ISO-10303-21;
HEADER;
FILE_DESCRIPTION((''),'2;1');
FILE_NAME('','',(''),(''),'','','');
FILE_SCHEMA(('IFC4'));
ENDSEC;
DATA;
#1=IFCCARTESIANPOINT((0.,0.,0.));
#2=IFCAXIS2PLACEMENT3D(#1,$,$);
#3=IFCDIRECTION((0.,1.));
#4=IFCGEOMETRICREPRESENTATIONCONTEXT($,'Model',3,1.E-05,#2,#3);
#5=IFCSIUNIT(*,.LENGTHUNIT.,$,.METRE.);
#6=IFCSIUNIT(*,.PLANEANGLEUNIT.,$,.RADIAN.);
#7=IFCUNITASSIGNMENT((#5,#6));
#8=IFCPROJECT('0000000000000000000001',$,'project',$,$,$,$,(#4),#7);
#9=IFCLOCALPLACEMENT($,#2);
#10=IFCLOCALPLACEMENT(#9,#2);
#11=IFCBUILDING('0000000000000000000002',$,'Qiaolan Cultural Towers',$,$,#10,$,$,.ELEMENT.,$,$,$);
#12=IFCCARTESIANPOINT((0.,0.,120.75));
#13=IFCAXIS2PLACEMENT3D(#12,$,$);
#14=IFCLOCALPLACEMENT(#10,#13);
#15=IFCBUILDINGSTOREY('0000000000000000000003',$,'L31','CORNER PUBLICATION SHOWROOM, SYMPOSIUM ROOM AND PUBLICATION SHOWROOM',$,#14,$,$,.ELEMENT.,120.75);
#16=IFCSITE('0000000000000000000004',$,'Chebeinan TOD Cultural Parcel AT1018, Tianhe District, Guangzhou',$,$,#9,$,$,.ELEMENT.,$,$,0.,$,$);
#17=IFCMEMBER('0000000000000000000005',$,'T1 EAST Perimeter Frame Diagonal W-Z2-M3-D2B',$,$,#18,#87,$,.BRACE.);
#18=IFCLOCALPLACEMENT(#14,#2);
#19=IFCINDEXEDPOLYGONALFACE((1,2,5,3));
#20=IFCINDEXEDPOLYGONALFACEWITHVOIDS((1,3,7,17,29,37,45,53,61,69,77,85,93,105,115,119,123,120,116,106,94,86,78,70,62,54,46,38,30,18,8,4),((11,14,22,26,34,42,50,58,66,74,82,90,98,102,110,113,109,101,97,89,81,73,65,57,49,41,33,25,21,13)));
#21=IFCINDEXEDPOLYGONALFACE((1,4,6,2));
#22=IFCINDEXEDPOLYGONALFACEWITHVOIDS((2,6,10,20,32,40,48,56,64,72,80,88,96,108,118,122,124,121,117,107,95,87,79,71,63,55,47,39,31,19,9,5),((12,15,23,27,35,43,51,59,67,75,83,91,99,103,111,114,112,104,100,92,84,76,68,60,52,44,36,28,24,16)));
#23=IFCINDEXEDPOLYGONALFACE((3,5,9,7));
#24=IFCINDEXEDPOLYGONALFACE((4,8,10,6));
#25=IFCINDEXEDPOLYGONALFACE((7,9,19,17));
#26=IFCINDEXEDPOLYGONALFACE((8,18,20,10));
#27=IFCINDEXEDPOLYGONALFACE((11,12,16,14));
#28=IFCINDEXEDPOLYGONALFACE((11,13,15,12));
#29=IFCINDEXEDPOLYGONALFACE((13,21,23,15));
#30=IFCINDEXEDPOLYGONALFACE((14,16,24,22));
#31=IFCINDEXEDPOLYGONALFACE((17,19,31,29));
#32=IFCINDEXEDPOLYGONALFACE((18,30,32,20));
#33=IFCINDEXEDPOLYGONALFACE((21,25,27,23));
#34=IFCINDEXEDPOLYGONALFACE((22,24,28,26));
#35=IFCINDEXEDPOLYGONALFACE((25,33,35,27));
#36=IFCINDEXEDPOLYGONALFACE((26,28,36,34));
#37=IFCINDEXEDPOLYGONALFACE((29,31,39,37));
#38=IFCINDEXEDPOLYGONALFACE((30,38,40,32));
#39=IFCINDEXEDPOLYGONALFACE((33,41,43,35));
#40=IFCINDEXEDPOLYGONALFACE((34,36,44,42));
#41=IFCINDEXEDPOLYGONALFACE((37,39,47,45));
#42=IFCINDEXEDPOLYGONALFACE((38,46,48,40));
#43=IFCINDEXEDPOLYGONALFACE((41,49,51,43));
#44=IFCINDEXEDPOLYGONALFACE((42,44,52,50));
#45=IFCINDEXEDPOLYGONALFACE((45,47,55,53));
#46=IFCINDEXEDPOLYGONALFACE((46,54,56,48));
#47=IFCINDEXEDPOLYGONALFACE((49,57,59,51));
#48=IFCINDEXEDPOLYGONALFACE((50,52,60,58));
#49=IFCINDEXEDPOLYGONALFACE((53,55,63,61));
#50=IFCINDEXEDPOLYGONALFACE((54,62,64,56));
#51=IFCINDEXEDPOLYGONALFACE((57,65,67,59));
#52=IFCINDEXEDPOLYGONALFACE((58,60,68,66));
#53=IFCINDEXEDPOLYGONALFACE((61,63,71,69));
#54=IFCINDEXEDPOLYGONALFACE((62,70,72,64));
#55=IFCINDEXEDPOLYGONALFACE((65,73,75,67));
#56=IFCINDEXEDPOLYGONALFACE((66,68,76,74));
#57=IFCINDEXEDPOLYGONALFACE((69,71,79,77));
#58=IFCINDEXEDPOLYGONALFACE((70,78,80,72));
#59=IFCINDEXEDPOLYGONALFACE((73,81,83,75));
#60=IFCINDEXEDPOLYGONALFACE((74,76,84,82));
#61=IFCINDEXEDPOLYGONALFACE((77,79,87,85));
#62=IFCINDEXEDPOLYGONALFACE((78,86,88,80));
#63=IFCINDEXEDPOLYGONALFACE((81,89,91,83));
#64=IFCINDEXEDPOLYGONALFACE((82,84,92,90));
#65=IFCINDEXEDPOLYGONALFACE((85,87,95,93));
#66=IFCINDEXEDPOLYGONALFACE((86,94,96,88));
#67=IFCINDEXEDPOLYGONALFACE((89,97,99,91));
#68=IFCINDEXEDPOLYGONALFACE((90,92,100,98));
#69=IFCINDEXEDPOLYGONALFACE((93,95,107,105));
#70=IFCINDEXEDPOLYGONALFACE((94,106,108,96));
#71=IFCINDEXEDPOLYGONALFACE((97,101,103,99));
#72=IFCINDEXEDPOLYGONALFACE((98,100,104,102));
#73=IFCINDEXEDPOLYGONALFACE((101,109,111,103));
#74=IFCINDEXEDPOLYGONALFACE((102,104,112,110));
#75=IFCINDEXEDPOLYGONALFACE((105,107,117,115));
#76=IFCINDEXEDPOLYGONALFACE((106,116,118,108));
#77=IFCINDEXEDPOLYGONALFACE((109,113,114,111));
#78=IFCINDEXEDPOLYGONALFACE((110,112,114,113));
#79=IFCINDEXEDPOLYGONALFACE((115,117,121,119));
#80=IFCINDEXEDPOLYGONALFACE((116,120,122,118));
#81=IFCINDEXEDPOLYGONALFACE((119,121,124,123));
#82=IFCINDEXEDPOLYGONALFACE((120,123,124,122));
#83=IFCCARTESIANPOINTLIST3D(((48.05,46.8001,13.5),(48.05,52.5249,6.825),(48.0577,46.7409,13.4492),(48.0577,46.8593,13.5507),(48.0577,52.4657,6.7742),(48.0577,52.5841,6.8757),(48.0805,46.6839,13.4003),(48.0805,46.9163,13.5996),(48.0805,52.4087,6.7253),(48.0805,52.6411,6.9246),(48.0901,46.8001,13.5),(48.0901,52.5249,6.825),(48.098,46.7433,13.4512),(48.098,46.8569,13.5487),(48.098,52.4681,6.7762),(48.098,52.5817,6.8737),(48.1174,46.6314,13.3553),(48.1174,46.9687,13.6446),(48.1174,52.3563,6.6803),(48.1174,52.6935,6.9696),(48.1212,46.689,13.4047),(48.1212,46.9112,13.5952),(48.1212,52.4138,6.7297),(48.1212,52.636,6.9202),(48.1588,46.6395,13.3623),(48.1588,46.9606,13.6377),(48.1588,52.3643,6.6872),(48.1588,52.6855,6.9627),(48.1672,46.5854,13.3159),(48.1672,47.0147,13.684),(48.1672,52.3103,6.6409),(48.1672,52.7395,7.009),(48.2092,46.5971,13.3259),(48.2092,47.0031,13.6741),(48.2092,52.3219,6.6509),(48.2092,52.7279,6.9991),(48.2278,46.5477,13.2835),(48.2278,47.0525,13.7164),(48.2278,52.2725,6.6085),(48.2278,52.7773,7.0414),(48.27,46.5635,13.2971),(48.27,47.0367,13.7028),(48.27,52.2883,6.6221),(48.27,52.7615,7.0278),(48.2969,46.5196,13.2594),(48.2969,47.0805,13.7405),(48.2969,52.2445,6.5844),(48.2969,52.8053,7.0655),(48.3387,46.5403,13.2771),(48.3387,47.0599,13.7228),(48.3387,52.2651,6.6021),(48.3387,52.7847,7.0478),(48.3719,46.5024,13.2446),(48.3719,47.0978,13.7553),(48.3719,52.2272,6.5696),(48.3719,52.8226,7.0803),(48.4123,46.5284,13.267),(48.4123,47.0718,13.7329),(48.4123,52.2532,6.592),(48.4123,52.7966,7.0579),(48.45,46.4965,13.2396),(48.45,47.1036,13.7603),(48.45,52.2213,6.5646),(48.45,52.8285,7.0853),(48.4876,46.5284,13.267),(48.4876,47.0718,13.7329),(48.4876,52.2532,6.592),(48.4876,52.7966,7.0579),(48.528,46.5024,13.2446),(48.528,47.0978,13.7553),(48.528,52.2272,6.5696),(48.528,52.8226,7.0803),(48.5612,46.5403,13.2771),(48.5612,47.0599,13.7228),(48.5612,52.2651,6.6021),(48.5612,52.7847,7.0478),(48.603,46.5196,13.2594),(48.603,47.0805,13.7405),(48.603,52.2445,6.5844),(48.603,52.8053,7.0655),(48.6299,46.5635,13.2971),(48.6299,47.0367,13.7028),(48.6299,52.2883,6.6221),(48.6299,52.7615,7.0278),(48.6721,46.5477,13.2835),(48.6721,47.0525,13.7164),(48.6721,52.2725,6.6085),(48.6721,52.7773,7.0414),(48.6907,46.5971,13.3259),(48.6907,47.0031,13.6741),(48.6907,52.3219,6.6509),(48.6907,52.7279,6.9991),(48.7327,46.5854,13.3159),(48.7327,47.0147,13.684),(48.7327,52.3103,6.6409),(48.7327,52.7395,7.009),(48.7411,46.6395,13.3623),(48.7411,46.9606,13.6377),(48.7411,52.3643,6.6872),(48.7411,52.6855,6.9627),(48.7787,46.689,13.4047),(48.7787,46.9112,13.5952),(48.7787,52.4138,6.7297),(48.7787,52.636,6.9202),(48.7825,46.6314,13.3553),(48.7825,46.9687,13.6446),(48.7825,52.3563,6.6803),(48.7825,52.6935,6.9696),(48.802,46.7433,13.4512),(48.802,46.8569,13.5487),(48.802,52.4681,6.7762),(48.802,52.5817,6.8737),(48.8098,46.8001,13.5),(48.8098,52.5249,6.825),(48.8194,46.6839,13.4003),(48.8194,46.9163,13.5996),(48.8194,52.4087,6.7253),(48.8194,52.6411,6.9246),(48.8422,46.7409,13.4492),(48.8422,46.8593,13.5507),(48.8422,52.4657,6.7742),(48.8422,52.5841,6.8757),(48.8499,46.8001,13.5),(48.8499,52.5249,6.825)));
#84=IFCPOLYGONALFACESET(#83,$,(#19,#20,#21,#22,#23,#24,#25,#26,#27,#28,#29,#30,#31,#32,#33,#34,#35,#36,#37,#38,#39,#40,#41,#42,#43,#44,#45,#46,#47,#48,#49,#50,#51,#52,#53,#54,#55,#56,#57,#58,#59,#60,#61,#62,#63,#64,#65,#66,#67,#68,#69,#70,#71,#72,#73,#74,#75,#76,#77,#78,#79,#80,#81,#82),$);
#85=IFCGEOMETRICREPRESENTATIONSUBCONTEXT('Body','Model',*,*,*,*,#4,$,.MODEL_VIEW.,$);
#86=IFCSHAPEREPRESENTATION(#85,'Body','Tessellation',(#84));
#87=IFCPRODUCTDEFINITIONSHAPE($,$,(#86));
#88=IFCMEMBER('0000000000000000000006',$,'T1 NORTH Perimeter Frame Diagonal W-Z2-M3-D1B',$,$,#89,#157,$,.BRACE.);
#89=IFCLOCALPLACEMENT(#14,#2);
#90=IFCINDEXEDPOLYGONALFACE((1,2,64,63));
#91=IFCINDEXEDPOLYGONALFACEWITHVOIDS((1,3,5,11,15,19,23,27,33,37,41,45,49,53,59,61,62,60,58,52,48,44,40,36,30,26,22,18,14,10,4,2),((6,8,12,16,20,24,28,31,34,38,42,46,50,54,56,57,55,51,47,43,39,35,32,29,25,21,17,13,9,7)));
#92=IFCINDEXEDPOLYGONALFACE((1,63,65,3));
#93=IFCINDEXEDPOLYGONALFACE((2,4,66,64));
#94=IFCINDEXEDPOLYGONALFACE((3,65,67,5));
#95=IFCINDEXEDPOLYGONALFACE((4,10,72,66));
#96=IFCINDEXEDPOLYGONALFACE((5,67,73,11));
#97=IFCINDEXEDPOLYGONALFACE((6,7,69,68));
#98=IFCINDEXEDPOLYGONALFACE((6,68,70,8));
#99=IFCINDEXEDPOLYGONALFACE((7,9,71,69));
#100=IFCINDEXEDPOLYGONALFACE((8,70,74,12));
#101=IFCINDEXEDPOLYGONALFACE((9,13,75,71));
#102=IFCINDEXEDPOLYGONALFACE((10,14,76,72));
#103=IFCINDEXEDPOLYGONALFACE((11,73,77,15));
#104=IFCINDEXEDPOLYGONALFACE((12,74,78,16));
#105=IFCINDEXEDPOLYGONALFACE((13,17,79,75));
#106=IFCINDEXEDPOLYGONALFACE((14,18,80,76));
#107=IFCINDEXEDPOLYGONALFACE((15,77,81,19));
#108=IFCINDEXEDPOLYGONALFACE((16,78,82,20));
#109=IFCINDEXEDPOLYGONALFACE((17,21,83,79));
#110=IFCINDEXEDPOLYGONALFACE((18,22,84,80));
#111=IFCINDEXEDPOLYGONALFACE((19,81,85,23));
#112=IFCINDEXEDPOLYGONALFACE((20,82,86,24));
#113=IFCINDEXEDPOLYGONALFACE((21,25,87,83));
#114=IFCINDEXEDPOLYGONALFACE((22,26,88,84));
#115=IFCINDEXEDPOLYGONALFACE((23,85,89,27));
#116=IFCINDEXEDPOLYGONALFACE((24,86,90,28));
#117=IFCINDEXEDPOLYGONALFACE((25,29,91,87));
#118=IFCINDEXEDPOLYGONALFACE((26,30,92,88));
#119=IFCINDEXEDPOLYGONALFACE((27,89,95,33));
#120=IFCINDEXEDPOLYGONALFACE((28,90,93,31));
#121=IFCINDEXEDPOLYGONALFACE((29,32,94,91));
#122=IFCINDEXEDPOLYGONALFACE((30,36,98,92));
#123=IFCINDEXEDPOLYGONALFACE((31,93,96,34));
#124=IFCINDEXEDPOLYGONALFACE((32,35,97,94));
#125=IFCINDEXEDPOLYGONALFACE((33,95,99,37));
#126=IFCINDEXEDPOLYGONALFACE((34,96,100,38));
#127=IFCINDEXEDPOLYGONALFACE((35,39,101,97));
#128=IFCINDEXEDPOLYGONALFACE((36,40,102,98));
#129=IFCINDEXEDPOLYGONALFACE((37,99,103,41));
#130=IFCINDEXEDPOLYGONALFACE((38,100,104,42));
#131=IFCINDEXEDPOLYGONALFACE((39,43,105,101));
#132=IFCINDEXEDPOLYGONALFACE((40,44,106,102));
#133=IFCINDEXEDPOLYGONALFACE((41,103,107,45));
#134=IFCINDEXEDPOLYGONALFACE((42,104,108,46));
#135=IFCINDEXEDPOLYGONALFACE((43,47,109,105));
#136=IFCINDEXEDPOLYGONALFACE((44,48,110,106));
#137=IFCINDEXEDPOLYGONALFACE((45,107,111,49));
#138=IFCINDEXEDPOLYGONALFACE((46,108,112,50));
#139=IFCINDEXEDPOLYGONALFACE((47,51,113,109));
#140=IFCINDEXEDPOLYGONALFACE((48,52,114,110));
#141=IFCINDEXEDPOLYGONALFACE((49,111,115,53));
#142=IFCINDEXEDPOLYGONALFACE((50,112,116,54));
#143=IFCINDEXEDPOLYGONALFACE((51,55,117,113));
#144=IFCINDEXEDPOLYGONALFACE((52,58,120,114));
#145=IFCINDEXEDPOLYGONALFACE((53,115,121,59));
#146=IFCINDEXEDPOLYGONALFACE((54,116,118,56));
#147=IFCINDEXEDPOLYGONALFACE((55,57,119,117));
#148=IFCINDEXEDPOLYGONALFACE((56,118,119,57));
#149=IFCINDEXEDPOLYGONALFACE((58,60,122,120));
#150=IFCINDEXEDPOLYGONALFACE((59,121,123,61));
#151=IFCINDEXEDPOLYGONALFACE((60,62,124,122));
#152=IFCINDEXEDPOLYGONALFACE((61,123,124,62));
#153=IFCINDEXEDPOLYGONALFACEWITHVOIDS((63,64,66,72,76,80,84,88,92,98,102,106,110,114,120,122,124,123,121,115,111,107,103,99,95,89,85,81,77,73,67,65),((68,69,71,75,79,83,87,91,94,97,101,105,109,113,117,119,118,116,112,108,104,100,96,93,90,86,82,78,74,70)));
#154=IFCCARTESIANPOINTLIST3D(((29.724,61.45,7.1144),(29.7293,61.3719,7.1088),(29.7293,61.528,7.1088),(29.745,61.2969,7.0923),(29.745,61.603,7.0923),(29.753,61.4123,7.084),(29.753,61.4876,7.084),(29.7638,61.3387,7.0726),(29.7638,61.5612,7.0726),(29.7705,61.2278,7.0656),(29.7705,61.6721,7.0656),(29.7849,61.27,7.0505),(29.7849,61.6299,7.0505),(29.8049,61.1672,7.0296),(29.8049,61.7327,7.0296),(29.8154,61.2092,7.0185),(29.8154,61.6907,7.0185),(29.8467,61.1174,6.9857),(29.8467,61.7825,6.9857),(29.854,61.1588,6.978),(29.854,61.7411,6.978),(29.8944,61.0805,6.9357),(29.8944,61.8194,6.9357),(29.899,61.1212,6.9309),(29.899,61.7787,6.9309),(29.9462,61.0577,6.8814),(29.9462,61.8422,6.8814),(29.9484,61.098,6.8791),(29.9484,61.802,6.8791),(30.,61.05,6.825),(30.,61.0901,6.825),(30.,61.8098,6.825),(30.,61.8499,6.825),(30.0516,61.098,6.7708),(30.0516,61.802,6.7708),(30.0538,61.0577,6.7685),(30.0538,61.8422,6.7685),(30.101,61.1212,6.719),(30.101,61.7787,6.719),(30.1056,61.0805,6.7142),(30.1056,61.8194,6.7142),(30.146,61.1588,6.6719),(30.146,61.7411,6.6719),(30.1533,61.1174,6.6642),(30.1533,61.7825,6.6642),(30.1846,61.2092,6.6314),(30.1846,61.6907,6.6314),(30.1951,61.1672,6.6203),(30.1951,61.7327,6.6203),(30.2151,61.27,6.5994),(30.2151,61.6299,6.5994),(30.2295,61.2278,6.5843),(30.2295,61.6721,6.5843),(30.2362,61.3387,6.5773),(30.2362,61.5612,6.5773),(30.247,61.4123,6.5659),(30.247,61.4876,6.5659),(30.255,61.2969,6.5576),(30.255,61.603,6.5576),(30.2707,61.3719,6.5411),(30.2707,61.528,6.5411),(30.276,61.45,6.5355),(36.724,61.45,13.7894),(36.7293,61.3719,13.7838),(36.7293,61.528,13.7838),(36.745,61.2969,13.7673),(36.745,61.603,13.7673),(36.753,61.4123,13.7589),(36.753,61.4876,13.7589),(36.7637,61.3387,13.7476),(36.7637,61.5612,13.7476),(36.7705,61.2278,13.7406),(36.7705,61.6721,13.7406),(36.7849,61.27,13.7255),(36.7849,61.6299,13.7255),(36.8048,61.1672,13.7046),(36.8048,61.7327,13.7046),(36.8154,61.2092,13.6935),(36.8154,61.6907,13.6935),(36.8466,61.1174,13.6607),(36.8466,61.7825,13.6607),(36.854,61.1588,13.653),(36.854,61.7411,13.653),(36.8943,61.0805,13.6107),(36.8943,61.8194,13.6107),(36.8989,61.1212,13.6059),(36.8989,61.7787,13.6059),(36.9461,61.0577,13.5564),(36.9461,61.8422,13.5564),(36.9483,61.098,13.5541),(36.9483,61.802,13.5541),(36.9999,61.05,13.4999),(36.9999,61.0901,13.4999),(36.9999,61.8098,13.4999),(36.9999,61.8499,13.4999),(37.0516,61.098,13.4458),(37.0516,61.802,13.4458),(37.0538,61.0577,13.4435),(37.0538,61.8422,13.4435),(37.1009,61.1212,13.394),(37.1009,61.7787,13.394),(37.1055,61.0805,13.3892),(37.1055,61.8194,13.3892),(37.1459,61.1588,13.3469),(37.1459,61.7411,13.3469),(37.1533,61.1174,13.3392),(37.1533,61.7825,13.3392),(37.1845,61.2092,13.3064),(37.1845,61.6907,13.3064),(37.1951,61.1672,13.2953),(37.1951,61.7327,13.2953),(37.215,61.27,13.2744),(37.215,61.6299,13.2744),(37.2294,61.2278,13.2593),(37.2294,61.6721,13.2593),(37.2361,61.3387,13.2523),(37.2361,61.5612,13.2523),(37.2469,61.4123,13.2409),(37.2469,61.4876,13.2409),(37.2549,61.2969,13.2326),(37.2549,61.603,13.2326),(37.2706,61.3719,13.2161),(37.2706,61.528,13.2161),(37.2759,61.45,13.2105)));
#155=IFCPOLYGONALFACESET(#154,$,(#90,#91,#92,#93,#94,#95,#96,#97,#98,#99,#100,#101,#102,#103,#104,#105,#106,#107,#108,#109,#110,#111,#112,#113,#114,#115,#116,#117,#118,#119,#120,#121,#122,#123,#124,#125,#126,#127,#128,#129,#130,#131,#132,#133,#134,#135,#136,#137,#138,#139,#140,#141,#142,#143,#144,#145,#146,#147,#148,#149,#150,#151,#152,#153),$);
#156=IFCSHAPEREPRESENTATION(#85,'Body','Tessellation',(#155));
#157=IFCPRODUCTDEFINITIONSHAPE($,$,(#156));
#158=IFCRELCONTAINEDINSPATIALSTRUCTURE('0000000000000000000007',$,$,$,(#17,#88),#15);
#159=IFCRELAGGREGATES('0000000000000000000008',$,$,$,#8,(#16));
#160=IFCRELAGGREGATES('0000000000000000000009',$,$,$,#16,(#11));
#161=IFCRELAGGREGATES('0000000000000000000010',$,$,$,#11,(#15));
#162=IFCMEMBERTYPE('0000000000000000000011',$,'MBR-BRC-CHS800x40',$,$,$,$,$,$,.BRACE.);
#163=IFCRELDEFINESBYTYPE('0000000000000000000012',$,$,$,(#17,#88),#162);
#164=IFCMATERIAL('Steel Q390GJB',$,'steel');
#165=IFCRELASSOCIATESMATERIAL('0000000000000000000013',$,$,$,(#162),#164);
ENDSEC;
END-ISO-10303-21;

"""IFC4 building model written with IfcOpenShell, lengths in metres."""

from ifc_helpers import new_model, si_unit, direction, frame, origin, origin_2d, place, context, subcontext, project, spatial, hollow_circle, extrude, material, material_profile, profile_set, type_object, element, save


model = new_model("IFC4")

# Units and contexts
model_context = context("Model", 3, precision=1e-05, world=origin(), true_north=direction((0.0, 1.0)))
body_context = subcontext(model_context, "Body", "Model", "MODEL_VIEW")
ifc_project = project(units=[si_unit("LENGTHUNIT", "METRE"), si_unit("PLANEANGLEUNIT", "RADIAN")], contexts=[model_context])

# Site, building, storey
site_placement = place(None, origin())
site = spatial("IfcSite", under=ifc_project, at=site_placement, Name="Chebeinan TOD Cultural Parcel AT1018, Tianhe District, Guangzhou", CompositionType="ELEMENT", RefElevation=0.0)
building_placement = place(site_placement, origin())
building = spatial("IfcBuilding", under=site, at=building_placement, Name="Qiaolan Cultural Towers", CompositionType="ELEMENT")
storey_placement = place(building_placement, frame((0.0, 0.0, 120.75)))
storey = spatial("IfcBuildingStorey", under=building, at=storey_placement, Name="L31", Description="CORNER PUBLICATION SHOWROOM, SYMPOSIUM ROOM AND PUBLICATION SHOWROOM", CompositionType="ELEMENT", Elevation=120.75)

# Members
ifc_material_1 = material(Name="Steel Q390GJB", Category="steel")
ifc_material_profile_1 = material_profile(ifc_material_1, hollow_circle(Radius=0.3999, WallThickness=0.04, at=origin_2d()), Name="CHS800x40")
ifc_profile_set_1 = profile_set([ifc_material_profile_1], Name="Steel Q390GJB")
member_type = type_object("IfcMemberType", Name="MBR-BRC-CHS800x40", PredefinedType="BRACE", material=ifc_profile_set_1)
member_placement = place(storey_placement, frame((48.45, 52.5249, 6.825), z_axis=(0.0, -0.651013, 0.759066), x_axis=(1.0, 0.0, 0.0)))
element("IfcMember", 1, at=member_placement, inside=storey, type_object=member_type, Name="T1 EAST Perimeter Frame Diagonal W-Z2-M3-D2B", PredefinedType="BRACE", context=body_context, shape_type="SweptSolid", body=[
    extrude(hollow_circle(Radius=0.3999, WallThickness=0.04, at=origin_2d()), origin(), (0.0, 0.0, 1.0), 8.7937),
])
for number, where, z_axis, x_axis, name in (
    (2, (30.0, 61.45, 6.825), (0.723705, 0.0, 0.690109), (0.0, 1.0, 0.0), "T1 NORTH Perimeter Frame Diagonal W-Z2-M3-D1B"),
):
    element("IfcMember", number, at=place(storey_placement, frame(where, z_axis=z_axis, x_axis=x_axis)), inside=storey, type_object=member_type, Name=name, PredefinedType="BRACE", context=body_context, shape_type="SweptSolid", body=[
        extrude(hollow_circle(Radius=0.3999, WallThickness=0.04, at=origin_2d()), origin(), (0.0, 0.0, 1.0), 9.6724),
    ])

save(model, "model.ifc")
